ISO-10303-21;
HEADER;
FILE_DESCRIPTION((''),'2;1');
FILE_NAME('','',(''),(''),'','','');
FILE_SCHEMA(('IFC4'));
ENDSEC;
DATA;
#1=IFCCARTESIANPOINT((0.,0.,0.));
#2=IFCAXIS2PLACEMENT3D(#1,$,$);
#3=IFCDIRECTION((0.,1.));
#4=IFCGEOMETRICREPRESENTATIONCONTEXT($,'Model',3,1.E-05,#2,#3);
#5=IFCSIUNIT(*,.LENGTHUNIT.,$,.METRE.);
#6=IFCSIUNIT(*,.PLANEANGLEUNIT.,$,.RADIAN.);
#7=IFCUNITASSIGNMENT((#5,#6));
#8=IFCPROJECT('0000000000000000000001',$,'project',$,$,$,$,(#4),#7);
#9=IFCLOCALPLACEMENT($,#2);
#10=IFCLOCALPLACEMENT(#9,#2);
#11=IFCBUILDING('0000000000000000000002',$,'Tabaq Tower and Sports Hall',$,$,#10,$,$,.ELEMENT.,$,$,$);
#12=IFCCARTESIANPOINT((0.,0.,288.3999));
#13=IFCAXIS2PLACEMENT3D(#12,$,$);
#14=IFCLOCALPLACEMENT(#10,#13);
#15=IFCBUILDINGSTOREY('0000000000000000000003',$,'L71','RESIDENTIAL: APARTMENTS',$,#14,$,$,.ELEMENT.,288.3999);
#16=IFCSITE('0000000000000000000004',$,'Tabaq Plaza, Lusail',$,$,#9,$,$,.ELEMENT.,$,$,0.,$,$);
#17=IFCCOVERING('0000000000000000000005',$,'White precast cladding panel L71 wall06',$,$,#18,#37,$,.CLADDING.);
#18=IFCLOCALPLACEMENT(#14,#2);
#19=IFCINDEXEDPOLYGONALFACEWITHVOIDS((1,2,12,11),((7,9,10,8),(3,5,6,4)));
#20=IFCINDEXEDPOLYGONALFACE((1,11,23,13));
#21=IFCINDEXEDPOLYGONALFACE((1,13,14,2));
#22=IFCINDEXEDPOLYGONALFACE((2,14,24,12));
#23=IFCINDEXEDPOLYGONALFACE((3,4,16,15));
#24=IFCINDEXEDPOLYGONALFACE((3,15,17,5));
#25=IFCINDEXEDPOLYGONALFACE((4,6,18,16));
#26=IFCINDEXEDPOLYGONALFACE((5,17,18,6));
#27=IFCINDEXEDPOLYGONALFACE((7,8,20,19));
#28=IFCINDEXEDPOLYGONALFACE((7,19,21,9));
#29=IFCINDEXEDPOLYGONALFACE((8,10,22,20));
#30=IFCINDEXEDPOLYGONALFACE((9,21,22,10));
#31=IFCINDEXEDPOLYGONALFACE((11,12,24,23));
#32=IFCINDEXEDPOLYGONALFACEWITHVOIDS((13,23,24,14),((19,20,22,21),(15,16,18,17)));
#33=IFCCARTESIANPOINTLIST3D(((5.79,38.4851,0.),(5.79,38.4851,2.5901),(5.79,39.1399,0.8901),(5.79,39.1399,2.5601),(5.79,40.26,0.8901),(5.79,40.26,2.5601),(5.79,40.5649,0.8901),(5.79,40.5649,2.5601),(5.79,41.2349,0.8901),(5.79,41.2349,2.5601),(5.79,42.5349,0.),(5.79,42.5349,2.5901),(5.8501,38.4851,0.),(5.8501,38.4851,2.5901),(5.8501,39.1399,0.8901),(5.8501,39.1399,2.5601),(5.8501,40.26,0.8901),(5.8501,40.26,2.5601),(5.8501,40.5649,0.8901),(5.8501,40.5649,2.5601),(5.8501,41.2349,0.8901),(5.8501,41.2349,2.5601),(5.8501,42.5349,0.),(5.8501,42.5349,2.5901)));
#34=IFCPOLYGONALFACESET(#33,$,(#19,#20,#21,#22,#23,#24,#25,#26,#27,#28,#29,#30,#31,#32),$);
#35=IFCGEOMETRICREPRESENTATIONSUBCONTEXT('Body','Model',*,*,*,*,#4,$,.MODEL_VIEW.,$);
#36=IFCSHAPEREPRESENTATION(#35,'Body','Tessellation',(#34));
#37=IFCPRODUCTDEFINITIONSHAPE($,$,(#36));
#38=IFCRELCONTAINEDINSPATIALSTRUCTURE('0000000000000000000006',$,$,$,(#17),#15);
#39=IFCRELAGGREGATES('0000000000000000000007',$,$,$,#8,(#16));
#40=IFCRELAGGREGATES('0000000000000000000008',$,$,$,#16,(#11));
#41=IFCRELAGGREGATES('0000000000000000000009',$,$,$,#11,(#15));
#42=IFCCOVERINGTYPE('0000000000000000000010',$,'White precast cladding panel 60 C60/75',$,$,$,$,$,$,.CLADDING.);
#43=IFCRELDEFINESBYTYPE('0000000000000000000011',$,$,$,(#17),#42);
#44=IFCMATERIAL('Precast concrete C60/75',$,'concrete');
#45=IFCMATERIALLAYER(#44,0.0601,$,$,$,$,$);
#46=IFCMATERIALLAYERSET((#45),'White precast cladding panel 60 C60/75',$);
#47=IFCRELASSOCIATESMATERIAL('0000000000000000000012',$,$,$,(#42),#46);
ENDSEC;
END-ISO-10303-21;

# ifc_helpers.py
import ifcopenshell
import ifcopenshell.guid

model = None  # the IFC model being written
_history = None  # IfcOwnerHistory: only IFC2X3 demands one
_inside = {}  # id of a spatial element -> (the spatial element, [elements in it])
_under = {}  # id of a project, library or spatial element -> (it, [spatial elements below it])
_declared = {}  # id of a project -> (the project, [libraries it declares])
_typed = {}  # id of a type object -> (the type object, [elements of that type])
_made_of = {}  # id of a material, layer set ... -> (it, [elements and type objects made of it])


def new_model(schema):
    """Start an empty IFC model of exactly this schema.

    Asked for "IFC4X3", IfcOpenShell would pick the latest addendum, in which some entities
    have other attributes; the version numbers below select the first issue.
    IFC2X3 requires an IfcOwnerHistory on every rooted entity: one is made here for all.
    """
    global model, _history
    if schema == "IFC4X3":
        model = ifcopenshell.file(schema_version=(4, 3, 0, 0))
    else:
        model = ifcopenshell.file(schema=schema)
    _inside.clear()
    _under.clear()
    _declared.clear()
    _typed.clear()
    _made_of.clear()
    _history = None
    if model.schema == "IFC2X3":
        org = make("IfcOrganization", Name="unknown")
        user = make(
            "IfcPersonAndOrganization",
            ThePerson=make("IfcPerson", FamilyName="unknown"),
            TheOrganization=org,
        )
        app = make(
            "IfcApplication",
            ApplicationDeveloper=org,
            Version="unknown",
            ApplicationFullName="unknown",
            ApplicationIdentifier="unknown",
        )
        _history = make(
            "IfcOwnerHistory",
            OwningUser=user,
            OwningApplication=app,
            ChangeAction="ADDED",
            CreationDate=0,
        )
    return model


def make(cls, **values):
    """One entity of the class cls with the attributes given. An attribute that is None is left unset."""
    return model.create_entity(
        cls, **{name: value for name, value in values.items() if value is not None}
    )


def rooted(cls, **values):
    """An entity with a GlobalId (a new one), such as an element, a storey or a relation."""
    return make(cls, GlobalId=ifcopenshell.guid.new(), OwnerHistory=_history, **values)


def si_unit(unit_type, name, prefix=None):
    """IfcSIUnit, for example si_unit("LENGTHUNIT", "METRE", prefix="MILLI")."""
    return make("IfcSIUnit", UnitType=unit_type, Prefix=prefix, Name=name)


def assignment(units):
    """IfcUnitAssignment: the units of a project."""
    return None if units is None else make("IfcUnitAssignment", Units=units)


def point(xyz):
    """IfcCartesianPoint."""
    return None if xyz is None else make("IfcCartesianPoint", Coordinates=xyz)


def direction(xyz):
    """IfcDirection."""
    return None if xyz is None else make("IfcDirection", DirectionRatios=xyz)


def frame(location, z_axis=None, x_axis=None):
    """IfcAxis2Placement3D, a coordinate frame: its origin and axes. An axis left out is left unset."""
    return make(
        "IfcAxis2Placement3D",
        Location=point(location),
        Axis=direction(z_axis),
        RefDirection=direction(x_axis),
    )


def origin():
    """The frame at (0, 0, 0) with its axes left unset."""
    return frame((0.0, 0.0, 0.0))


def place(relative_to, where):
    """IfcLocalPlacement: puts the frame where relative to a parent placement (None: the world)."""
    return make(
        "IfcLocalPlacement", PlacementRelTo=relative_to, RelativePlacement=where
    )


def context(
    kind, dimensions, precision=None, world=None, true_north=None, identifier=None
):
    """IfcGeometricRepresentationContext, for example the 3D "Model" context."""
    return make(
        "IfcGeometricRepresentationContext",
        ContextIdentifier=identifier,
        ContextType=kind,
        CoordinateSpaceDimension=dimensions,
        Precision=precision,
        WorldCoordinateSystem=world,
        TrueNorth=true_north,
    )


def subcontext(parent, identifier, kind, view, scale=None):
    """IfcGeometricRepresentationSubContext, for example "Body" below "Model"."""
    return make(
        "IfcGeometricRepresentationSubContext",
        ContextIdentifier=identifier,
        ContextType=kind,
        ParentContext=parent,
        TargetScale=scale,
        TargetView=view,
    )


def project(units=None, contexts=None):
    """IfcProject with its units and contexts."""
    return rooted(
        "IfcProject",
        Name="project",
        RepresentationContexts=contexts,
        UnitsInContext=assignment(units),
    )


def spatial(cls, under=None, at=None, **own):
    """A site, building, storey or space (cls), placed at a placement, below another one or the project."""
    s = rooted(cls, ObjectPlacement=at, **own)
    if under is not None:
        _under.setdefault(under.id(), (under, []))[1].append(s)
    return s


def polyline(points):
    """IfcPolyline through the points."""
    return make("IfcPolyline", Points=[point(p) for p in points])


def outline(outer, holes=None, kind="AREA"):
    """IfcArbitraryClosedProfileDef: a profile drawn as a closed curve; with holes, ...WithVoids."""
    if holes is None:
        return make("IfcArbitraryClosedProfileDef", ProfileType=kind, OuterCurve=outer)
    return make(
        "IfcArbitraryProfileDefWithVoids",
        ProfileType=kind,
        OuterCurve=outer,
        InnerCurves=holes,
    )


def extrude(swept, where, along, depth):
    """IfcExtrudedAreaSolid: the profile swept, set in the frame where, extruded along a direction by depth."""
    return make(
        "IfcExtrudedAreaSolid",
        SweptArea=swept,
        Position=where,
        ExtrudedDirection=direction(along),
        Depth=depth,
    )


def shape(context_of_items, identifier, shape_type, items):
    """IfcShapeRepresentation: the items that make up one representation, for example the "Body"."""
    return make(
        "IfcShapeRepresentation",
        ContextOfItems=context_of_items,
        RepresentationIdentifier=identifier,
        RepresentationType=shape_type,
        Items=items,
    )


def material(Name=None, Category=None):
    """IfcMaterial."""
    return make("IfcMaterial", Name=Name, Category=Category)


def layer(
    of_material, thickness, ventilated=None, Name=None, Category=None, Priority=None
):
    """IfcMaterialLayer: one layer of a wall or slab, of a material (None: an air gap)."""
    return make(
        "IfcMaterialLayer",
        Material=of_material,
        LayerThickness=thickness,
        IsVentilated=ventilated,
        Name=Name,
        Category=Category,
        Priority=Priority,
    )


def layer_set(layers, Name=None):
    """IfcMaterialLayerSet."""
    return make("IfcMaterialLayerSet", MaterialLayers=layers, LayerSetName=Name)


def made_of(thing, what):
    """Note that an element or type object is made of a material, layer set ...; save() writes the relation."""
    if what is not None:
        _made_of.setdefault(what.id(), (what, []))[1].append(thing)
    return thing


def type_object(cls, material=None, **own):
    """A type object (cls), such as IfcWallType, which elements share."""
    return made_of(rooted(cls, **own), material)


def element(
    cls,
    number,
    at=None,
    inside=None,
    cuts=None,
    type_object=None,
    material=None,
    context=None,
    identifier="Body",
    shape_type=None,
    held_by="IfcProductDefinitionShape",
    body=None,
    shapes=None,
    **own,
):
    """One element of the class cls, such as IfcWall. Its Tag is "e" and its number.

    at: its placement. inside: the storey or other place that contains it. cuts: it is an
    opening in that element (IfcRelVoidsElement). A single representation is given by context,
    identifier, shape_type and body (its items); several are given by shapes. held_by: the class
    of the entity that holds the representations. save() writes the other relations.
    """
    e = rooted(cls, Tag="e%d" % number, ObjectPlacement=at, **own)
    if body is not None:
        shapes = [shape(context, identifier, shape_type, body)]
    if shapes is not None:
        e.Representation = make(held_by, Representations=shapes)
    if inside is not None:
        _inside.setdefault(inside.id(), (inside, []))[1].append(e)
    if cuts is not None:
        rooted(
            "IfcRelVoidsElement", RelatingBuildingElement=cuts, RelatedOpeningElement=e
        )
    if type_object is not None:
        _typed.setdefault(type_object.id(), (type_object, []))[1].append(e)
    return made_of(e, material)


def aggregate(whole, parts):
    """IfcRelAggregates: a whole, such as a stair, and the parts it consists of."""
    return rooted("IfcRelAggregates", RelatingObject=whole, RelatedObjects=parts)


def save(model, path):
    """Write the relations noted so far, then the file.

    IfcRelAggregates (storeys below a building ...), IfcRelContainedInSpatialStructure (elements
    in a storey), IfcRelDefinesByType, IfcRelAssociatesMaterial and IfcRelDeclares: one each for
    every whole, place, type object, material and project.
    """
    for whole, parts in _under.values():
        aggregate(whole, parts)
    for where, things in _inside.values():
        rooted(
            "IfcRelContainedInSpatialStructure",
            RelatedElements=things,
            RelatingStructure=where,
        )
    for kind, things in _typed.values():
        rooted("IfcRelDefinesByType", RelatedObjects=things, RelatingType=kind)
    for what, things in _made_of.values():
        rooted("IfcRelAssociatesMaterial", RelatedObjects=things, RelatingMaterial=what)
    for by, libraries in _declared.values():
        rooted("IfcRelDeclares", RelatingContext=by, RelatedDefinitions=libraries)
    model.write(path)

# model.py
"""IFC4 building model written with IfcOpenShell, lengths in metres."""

from ifc_helpers import new_model, si_unit, direction, frame, origin, place, context, subcontext, project, spatial, polyline, outline, extrude, material, layer, layer_set, type_object, element, save


model = new_model("IFC4")

# Units and contexts
model_context = context("Model", 3, precision=1e-05, world=origin(), true_north=direction((0.0, 1.0)))
body_context = subcontext(model_context, "Body", "Model", "MODEL_VIEW")
ifc_project = project(units=[si_unit("LENGTHUNIT", "METRE"), si_unit("PLANEANGLEUNIT", "RADIAN")], contexts=[model_context])

# Site, building, storey
site_placement = place(None, origin())
site = spatial("IfcSite", under=ifc_project, at=site_placement, Name="Tabaq Plaza, Lusail", CompositionType="ELEMENT", RefElevation=0.0)
building_placement = place(site_placement, origin())
building = spatial("IfcBuilding", under=site, at=building_placement, Name="Tabaq Tower and Sports Hall", CompositionType="ELEMENT")
storey_placement = place(building_placement, frame((0.0, 0.0, 288.3999)))
storey = spatial("IfcBuildingStorey", under=building, at=storey_placement, Name="L71", Description="RESIDENTIAL: APARTMENTS", CompositionType="ELEMENT", Elevation=288.3999)

# Covering
ifc_material_1 = material(Name="Precast concrete C60/75", Category="concrete")
ifc_layer_1 = layer(ifc_material_1, 0.0601)
ifc_layer_set_1 = layer_set([ifc_layer_1], Name="White precast cladding panel 60 C60/75")
covering_type = type_object("IfcCoveringType", Name="White precast cladding panel 60 C60/75", PredefinedType="CLADDING", material=ifc_layer_set_1)
covering_placement = place(storey_placement, frame((5.8201, 42.5349, 0.0), z_axis=(0.0, 0.0, 1.0), x_axis=(0.0, -1.0, 0.0)))
element("IfcCovering", 1, at=covering_placement, inside=storey, type_object=covering_type, Name="White precast cladding panel L71 wall06", PredefinedType="CLADDING", context=body_context, shape_type="SweptSolid", body=[
    extrude(outline(polyline([(0.0, 0.0), (4.0498, 0.0), (4.0498, 2.5901), (0.0, 2.5901), (0.0, 0.0)]), holes=[polyline([(1.3, 0.8901), (1.3, 2.5601), (1.97, 2.5601), (1.97, 0.8901), (1.3, 0.8901)]), polyline([(2.2749, 0.8901), (2.2749, 2.5601), (3.395, 2.5601), (3.395, 0.8901), (2.2749, 0.8901)])]), frame((0.0, 0.03, 0.0), z_axis=(0.0, -1.0, 0.0), x_axis=(1.0, 0.0, 0.0)), (0.0, 0.0, 1.0), 0.0601),
])

save(model, "model.ifc")
